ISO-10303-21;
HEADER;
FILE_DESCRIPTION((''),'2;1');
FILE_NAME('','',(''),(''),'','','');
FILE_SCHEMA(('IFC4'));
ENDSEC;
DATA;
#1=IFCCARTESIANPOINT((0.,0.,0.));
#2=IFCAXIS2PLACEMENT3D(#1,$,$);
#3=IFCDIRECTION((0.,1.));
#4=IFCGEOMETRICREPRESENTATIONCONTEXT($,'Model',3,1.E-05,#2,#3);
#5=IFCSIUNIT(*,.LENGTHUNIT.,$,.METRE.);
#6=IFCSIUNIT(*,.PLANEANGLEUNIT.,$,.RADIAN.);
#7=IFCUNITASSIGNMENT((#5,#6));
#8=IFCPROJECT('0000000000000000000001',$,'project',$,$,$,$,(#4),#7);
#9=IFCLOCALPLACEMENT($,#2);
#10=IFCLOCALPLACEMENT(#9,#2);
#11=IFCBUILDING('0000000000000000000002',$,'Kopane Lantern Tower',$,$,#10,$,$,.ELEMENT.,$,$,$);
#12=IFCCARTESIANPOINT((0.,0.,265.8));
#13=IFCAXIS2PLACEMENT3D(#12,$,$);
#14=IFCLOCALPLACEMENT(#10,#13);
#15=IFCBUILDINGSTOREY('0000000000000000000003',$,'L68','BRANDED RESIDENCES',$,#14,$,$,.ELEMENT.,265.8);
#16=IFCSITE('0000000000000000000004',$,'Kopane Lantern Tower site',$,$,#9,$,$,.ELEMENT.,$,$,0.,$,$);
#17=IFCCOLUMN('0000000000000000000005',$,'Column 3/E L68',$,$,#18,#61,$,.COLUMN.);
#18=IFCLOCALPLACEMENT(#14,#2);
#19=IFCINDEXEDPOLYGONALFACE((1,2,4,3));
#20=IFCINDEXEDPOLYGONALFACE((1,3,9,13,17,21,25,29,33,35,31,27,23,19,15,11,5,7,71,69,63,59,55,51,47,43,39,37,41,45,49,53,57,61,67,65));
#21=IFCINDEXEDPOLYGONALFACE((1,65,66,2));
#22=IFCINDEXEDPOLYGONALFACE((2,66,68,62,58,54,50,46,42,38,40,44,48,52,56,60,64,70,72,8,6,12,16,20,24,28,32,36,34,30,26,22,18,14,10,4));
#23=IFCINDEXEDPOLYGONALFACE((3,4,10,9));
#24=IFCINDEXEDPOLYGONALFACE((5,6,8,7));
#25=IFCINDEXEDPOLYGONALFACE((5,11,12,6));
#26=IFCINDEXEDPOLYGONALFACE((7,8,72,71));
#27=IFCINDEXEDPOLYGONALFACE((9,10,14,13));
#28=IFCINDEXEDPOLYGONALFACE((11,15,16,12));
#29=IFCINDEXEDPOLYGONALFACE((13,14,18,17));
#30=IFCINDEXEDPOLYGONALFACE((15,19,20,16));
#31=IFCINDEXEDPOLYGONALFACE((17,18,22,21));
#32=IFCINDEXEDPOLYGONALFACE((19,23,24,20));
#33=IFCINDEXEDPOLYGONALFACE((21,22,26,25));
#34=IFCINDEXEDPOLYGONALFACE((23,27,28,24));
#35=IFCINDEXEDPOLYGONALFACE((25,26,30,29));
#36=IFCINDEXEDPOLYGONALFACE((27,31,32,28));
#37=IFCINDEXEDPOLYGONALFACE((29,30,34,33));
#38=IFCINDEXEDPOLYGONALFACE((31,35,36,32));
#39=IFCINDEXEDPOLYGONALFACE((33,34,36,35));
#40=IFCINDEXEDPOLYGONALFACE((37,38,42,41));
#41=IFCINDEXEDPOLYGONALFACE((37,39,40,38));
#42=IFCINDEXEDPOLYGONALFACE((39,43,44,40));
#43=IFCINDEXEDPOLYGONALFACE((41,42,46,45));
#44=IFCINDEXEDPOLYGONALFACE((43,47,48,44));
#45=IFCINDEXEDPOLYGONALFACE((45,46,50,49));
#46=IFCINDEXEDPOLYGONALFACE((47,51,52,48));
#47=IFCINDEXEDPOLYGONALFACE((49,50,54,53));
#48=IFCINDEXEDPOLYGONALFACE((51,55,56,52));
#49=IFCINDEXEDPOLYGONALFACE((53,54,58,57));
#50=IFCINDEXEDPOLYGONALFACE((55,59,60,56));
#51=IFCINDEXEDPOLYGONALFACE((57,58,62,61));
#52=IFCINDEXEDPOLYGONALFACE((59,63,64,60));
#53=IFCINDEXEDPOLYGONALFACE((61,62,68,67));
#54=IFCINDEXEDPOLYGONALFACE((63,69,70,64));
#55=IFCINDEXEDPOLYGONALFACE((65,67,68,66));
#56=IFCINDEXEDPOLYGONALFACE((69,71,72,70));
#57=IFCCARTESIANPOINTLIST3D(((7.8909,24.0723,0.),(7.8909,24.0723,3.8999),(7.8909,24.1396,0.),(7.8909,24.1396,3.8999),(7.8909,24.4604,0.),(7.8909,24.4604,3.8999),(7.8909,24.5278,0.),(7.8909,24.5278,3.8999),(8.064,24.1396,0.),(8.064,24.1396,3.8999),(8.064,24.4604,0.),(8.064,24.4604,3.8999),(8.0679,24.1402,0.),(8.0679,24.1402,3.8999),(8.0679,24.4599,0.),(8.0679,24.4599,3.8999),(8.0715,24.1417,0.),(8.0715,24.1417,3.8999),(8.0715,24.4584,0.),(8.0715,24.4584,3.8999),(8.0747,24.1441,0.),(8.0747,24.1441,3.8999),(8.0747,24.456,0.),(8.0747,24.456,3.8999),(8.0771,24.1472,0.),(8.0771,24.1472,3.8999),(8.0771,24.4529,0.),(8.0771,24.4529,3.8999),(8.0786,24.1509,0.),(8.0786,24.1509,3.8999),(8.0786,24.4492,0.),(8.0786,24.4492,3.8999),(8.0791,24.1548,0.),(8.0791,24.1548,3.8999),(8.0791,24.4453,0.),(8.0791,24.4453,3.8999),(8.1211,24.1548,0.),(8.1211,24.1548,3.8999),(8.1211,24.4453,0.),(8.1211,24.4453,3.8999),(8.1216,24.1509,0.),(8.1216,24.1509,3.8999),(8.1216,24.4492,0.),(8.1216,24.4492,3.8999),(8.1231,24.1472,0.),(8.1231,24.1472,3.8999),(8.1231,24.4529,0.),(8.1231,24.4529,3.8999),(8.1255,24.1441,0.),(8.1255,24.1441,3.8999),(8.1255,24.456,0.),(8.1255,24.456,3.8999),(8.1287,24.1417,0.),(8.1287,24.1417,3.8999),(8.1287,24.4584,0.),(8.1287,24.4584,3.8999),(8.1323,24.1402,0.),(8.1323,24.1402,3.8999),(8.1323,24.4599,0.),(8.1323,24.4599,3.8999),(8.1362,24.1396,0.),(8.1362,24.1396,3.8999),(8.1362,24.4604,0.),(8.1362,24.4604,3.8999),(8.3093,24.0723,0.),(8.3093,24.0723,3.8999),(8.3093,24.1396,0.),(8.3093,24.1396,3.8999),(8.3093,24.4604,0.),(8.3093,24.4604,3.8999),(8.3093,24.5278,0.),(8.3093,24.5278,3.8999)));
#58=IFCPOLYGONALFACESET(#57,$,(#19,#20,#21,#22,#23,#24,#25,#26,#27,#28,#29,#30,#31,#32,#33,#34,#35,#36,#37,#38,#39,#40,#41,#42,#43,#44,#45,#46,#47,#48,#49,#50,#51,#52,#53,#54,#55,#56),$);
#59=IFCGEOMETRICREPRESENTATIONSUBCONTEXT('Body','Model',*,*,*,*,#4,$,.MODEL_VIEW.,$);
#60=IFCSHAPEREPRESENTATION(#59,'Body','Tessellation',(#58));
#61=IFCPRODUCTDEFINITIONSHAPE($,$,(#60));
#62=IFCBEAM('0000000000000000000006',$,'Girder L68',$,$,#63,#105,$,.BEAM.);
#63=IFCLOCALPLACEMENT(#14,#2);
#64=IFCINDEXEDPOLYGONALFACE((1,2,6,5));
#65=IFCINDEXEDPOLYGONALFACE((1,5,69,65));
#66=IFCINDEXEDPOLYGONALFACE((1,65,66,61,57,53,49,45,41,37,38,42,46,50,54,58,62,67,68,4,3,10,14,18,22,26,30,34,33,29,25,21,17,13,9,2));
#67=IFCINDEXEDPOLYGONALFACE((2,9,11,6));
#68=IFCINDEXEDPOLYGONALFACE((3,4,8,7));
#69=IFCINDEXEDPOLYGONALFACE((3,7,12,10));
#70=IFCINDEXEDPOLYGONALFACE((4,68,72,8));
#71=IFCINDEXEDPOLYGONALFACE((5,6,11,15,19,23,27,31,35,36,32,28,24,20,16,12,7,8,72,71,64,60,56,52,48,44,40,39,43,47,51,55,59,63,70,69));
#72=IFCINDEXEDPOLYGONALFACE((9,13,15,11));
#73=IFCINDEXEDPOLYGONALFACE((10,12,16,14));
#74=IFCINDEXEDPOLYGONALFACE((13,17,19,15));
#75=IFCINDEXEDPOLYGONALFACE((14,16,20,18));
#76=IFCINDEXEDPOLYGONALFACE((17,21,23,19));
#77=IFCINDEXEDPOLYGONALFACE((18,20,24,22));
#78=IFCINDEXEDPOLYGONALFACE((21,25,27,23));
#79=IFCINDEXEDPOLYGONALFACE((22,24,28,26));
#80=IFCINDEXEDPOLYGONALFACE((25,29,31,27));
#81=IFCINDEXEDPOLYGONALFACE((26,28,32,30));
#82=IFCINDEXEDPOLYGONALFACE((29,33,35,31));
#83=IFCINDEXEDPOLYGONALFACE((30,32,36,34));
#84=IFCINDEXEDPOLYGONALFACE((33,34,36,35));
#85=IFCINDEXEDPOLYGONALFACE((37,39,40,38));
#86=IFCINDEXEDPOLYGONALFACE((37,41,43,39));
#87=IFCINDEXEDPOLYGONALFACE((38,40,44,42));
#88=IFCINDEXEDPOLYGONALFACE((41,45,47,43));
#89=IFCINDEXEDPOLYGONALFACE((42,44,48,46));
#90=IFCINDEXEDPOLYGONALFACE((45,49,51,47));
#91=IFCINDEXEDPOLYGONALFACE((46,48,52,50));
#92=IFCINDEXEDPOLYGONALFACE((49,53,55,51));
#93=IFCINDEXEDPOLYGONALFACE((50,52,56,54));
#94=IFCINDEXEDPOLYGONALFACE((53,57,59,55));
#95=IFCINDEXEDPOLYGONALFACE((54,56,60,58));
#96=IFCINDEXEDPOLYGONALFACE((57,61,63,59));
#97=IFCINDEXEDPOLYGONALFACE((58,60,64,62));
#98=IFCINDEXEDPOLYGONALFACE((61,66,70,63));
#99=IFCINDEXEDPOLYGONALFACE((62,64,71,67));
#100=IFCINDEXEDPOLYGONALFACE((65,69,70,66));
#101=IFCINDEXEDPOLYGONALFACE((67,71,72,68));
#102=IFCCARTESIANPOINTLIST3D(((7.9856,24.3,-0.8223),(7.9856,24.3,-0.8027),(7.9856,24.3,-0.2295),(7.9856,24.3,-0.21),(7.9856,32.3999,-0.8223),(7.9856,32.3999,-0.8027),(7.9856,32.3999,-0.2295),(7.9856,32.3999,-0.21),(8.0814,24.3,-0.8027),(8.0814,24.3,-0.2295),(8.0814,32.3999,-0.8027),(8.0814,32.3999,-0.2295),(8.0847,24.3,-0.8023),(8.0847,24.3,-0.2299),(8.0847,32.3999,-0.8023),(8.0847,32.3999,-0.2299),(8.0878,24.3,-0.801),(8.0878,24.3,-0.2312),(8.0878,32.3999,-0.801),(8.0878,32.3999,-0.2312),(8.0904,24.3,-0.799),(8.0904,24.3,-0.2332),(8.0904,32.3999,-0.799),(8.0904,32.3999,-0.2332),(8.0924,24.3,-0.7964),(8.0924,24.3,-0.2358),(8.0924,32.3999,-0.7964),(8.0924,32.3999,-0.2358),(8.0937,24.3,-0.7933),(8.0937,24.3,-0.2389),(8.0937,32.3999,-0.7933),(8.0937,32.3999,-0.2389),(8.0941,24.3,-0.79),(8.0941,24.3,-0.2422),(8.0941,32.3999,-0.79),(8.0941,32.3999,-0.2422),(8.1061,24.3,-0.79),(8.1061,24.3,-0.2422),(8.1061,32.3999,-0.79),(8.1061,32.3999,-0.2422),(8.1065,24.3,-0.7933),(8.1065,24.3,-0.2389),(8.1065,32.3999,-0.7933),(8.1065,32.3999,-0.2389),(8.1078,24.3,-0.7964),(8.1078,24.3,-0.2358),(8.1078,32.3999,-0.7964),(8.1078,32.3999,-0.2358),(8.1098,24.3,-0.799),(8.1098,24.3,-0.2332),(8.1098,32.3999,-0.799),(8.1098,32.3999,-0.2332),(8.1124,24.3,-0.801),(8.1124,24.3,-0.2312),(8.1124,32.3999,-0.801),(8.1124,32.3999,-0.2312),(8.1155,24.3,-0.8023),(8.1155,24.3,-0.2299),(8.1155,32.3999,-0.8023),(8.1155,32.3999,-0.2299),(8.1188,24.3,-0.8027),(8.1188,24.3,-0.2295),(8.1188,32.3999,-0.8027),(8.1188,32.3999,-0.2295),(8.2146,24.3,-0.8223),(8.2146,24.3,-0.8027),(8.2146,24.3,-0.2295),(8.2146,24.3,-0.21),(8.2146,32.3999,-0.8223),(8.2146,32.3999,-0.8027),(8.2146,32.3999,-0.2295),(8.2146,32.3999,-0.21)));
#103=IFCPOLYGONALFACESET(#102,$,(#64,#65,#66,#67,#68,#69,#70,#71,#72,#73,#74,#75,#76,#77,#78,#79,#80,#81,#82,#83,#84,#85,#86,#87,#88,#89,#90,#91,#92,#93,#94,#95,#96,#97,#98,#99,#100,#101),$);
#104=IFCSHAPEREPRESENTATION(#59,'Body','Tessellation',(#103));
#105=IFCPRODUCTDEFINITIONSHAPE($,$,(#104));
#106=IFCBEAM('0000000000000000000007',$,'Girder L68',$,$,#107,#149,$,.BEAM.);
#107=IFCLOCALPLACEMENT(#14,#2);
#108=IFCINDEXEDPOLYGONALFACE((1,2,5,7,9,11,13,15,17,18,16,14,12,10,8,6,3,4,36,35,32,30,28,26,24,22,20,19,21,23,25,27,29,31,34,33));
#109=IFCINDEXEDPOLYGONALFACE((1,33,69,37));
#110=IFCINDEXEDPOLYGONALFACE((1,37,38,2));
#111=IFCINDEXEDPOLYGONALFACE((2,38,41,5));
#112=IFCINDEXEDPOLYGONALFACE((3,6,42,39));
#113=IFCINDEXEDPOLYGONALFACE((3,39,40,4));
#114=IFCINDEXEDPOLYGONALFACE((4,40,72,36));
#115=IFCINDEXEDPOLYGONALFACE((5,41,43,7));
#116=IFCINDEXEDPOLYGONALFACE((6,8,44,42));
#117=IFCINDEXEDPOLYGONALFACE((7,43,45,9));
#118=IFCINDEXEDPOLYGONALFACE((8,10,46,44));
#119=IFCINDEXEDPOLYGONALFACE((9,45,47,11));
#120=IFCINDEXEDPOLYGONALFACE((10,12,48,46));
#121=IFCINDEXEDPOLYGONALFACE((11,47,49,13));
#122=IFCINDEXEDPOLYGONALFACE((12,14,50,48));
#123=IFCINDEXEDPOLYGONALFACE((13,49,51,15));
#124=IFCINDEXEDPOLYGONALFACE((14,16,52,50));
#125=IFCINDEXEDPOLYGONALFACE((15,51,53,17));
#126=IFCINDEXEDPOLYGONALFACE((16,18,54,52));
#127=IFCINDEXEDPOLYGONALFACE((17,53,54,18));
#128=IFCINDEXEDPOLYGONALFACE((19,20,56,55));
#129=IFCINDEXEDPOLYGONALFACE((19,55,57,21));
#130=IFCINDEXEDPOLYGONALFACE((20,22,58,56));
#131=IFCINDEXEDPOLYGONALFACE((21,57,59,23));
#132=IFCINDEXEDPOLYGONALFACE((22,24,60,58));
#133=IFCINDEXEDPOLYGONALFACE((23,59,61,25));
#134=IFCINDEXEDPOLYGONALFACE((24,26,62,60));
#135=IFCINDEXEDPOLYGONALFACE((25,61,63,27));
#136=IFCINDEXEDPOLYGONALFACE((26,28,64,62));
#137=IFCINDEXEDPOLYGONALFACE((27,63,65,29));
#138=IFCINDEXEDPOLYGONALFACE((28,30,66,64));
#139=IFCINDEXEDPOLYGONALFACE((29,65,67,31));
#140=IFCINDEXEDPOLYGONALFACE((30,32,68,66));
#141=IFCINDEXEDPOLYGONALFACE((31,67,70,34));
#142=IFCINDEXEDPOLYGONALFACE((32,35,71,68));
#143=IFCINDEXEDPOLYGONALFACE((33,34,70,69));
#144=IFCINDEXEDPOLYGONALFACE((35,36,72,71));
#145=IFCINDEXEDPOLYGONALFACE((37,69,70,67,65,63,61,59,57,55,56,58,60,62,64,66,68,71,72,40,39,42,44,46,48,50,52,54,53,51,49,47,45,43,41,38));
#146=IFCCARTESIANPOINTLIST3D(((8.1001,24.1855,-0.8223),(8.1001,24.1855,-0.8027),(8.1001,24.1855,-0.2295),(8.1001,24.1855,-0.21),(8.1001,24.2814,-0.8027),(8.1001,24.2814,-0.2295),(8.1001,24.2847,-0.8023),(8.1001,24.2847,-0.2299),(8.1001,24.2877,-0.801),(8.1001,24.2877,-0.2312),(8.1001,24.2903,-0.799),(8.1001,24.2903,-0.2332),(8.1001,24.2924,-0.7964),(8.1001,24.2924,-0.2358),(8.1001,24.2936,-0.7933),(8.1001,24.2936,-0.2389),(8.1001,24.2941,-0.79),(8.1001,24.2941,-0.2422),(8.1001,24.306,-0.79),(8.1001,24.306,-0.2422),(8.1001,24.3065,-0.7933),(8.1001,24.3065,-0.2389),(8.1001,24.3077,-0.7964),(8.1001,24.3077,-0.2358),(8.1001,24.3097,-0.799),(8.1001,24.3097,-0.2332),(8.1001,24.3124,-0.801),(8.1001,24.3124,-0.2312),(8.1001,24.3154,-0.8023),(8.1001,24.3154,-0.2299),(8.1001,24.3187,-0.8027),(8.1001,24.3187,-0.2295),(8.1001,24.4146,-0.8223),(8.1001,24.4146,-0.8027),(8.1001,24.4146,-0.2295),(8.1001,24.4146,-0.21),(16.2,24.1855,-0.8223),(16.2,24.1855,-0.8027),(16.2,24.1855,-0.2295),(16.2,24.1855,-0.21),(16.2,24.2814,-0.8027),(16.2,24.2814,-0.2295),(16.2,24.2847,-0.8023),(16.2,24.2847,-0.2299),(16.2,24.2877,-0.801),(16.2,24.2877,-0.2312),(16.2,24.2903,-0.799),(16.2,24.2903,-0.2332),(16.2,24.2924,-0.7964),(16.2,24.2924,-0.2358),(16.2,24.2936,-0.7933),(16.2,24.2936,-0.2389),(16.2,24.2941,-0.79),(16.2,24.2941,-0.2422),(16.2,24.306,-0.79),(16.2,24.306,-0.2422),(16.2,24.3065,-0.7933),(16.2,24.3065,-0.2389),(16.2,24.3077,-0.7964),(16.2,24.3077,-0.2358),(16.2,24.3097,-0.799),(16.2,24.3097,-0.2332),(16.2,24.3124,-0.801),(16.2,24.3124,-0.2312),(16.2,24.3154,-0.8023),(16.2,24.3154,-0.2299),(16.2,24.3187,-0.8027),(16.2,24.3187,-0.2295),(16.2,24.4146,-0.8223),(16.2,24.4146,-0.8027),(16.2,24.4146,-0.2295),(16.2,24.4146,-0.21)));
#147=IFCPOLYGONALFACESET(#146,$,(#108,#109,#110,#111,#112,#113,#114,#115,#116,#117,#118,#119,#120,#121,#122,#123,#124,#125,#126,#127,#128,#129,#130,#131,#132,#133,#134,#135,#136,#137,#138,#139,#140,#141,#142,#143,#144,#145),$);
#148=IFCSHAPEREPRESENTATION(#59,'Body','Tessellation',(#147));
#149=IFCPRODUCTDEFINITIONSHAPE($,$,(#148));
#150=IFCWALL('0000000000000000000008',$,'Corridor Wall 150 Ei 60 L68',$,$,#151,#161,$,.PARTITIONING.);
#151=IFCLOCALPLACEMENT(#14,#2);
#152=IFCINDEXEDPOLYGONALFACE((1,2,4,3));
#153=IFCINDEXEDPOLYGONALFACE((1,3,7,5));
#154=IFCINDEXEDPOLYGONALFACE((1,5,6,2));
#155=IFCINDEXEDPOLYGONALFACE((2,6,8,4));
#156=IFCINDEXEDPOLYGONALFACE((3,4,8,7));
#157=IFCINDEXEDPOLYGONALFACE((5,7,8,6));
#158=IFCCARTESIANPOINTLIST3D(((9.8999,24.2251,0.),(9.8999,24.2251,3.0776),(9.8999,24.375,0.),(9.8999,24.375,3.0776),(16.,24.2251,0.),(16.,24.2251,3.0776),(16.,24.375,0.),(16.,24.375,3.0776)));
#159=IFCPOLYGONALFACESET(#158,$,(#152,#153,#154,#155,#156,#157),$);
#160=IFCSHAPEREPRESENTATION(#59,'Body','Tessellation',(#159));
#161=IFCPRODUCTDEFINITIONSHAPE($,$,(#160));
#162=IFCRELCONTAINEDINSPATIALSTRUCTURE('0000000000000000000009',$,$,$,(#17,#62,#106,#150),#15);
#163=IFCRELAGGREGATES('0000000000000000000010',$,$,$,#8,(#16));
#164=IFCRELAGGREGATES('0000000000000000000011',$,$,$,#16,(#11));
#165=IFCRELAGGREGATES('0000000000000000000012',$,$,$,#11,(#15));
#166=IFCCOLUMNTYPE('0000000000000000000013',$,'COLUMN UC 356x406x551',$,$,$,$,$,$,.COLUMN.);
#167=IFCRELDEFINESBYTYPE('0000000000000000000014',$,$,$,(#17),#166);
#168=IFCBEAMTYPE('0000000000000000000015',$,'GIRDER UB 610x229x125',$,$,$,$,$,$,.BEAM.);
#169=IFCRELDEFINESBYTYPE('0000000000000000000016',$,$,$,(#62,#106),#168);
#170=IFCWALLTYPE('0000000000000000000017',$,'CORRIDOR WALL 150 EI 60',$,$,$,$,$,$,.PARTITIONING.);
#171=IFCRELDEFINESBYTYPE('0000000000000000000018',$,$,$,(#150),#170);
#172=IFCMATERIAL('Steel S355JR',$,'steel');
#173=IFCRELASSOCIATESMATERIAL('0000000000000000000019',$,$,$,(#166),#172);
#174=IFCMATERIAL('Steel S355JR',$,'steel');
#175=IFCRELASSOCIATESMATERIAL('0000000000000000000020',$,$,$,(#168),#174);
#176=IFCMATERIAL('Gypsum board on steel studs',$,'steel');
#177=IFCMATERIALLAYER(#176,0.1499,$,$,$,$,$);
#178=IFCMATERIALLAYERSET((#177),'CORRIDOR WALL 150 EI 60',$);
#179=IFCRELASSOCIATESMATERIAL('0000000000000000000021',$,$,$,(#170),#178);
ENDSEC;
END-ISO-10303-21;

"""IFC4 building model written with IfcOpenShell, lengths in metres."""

from ifc_helpers import new_model, si_unit, direction, frame, frame_2d, origin, origin_2d, place, context, subcontext, project, spatial, rectangle, i_section, extrude, material, layer, layer_set, material_profile, profile_set, type_object, element, save


model = new_model("IFC4")

# Units and contexts
model_context = context("Model", 3, precision=1e-05, world=origin(), true_north=direction((0.0, 1.0)))
body_context = subcontext(model_context, "Body", "Model", "MODEL_VIEW")
ifc_project = project(units=[si_unit("LENGTHUNIT", "METRE"), si_unit("PLANEANGLEUNIT", "RADIAN")], contexts=[model_context])

# Site, building, storey
site_placement = place(None, origin())
site = spatial("IfcSite", under=ifc_project, at=site_placement, Name="Kopane Lantern Tower site", CompositionType="ELEMENT", RefElevation=0.0)
building_placement = place(site_placement, origin())
building = spatial("IfcBuilding", under=site, at=building_placement, Name="Kopane Lantern Tower", CompositionType="ELEMENT")
storey_placement = place(building_placement, frame((0.0, 0.0, 265.8)))
storey = spatial("IfcBuildingStorey", under=building, at=storey_placement, Name="L68", Description="BRANDED RESIDENCES", CompositionType="ELEMENT", Elevation=265.8)

# Column
ifc_material_1 = material(Name="Steel S355JR", Category="steel")
ifc_material_profile_1 = material_profile(ifc_material_1, i_section(OverallWidth=0.4185, OverallDepth=0.4556, WebThickness=0.042, FlangeThickness=0.0674, FilletRadius=0.0151, at=origin_2d()), Name="UC 356x406x551")
ifc_profile_set_1 = profile_set([ifc_material_profile_1], Name="Steel S355JR")
column_type = type_object("IfcColumnType", Name="COLUMN UC 356x406x551", PredefinedType="COLUMN", material=ifc_profile_set_1)
column_placement = place(storey_placement, frame((8.1001, 24.3, 0.0), z_axis=(0.0, 0.0, 1.0), x_axis=(1.0, 0.0, 0.0)))
element("IfcColumn", 1, at=column_placement, inside=storey, type_object=column_type, Name="Column 3/E L68", PredefinedType="COLUMN", context=body_context, shape_type="SweptSolid", body=[
    extrude(i_section(OverallWidth=0.4185, OverallDepth=0.4556, WebThickness=0.042, FlangeThickness=0.0674, FilletRadius=0.0151, at=origin_2d()), origin(), (0.0, 0.0, 1.0), 3.8999),
])

# Beams
ifc_material_2 = material(Name="Steel S355JR", Category="steel")
ifc_material_profile_2 = material_profile(ifc_material_2, i_section(OverallWidth=0.229, OverallDepth=0.6123, WebThickness=0.012, FlangeThickness=0.0195, FilletRadius=0.0127, at=origin_2d()), Name="UB 610x229x125")
ifc_profile_set_2 = profile_set([ifc_material_profile_2], Name="Steel S355JR")
beam_type = type_object("IfcBeamType", Name="GIRDER UB 610x229x125", PredefinedType="BEAM", material=ifc_profile_set_2)
for number, where, z_axis, x_axis, name in (
    (2, (8.1001, 24.3, -0.5161), (0.0, 1.0, 0.0), (-1.0, 0.0, 0.0), "Girder L68"),
    (3, (8.1001, 24.3, -0.5161), (1.0, 0.0, 0.0), (0.0, 1.0, 0.0), "Girder L68"),
):
    element("IfcBeam", number, at=place(storey_placement, frame(where, z_axis=z_axis, x_axis=x_axis)), inside=storey, type_object=beam_type, Name=name, PredefinedType="BEAM", context=body_context, shape_type="SweptSolid", body=[
        extrude(i_section(OverallWidth=0.229, OverallDepth=0.6123, WebThickness=0.012, FlangeThickness=0.0195, FilletRadius=0.0127, at=origin_2d()), origin(), (0.0, 0.0, 1.0), 8.0999),
    ])

# Wall
ifc_material_3 = material(Name="Gypsum board on steel studs", Category="steel")
ifc_layer_1 = layer(ifc_material_3, 0.1499)
ifc_layer_set_1 = layer_set([ifc_layer_1], Name="CORRIDOR WALL 150 EI 60")
wall_type_1 = type_object("IfcWallType", Name="CORRIDOR WALL 150 EI 60", PredefinedType="PARTITIONING", material=ifc_layer_set_1)
wall_1_placement = place(storey_placement, frame((16.0, 24.3, 0.0), z_axis=(0.0, 0.0, 1.0), x_axis=(-1.0, 0.0, 0.0)))
element("IfcWall", 4, at=wall_1_placement, inside=storey, type_object=wall_type_1, Name="Corridor Wall 150 Ei 60 L68", PredefinedType="PARTITIONING", context=body_context, shape_type="SweptSolid", body=[
    extrude(rectangle(XDim=6.1001, YDim=0.1499, at=frame_2d((3.05, 0.0))), origin(), (0.0, 0.0, 1.0), 3.0776),
])

save(model, "model.ifc")
